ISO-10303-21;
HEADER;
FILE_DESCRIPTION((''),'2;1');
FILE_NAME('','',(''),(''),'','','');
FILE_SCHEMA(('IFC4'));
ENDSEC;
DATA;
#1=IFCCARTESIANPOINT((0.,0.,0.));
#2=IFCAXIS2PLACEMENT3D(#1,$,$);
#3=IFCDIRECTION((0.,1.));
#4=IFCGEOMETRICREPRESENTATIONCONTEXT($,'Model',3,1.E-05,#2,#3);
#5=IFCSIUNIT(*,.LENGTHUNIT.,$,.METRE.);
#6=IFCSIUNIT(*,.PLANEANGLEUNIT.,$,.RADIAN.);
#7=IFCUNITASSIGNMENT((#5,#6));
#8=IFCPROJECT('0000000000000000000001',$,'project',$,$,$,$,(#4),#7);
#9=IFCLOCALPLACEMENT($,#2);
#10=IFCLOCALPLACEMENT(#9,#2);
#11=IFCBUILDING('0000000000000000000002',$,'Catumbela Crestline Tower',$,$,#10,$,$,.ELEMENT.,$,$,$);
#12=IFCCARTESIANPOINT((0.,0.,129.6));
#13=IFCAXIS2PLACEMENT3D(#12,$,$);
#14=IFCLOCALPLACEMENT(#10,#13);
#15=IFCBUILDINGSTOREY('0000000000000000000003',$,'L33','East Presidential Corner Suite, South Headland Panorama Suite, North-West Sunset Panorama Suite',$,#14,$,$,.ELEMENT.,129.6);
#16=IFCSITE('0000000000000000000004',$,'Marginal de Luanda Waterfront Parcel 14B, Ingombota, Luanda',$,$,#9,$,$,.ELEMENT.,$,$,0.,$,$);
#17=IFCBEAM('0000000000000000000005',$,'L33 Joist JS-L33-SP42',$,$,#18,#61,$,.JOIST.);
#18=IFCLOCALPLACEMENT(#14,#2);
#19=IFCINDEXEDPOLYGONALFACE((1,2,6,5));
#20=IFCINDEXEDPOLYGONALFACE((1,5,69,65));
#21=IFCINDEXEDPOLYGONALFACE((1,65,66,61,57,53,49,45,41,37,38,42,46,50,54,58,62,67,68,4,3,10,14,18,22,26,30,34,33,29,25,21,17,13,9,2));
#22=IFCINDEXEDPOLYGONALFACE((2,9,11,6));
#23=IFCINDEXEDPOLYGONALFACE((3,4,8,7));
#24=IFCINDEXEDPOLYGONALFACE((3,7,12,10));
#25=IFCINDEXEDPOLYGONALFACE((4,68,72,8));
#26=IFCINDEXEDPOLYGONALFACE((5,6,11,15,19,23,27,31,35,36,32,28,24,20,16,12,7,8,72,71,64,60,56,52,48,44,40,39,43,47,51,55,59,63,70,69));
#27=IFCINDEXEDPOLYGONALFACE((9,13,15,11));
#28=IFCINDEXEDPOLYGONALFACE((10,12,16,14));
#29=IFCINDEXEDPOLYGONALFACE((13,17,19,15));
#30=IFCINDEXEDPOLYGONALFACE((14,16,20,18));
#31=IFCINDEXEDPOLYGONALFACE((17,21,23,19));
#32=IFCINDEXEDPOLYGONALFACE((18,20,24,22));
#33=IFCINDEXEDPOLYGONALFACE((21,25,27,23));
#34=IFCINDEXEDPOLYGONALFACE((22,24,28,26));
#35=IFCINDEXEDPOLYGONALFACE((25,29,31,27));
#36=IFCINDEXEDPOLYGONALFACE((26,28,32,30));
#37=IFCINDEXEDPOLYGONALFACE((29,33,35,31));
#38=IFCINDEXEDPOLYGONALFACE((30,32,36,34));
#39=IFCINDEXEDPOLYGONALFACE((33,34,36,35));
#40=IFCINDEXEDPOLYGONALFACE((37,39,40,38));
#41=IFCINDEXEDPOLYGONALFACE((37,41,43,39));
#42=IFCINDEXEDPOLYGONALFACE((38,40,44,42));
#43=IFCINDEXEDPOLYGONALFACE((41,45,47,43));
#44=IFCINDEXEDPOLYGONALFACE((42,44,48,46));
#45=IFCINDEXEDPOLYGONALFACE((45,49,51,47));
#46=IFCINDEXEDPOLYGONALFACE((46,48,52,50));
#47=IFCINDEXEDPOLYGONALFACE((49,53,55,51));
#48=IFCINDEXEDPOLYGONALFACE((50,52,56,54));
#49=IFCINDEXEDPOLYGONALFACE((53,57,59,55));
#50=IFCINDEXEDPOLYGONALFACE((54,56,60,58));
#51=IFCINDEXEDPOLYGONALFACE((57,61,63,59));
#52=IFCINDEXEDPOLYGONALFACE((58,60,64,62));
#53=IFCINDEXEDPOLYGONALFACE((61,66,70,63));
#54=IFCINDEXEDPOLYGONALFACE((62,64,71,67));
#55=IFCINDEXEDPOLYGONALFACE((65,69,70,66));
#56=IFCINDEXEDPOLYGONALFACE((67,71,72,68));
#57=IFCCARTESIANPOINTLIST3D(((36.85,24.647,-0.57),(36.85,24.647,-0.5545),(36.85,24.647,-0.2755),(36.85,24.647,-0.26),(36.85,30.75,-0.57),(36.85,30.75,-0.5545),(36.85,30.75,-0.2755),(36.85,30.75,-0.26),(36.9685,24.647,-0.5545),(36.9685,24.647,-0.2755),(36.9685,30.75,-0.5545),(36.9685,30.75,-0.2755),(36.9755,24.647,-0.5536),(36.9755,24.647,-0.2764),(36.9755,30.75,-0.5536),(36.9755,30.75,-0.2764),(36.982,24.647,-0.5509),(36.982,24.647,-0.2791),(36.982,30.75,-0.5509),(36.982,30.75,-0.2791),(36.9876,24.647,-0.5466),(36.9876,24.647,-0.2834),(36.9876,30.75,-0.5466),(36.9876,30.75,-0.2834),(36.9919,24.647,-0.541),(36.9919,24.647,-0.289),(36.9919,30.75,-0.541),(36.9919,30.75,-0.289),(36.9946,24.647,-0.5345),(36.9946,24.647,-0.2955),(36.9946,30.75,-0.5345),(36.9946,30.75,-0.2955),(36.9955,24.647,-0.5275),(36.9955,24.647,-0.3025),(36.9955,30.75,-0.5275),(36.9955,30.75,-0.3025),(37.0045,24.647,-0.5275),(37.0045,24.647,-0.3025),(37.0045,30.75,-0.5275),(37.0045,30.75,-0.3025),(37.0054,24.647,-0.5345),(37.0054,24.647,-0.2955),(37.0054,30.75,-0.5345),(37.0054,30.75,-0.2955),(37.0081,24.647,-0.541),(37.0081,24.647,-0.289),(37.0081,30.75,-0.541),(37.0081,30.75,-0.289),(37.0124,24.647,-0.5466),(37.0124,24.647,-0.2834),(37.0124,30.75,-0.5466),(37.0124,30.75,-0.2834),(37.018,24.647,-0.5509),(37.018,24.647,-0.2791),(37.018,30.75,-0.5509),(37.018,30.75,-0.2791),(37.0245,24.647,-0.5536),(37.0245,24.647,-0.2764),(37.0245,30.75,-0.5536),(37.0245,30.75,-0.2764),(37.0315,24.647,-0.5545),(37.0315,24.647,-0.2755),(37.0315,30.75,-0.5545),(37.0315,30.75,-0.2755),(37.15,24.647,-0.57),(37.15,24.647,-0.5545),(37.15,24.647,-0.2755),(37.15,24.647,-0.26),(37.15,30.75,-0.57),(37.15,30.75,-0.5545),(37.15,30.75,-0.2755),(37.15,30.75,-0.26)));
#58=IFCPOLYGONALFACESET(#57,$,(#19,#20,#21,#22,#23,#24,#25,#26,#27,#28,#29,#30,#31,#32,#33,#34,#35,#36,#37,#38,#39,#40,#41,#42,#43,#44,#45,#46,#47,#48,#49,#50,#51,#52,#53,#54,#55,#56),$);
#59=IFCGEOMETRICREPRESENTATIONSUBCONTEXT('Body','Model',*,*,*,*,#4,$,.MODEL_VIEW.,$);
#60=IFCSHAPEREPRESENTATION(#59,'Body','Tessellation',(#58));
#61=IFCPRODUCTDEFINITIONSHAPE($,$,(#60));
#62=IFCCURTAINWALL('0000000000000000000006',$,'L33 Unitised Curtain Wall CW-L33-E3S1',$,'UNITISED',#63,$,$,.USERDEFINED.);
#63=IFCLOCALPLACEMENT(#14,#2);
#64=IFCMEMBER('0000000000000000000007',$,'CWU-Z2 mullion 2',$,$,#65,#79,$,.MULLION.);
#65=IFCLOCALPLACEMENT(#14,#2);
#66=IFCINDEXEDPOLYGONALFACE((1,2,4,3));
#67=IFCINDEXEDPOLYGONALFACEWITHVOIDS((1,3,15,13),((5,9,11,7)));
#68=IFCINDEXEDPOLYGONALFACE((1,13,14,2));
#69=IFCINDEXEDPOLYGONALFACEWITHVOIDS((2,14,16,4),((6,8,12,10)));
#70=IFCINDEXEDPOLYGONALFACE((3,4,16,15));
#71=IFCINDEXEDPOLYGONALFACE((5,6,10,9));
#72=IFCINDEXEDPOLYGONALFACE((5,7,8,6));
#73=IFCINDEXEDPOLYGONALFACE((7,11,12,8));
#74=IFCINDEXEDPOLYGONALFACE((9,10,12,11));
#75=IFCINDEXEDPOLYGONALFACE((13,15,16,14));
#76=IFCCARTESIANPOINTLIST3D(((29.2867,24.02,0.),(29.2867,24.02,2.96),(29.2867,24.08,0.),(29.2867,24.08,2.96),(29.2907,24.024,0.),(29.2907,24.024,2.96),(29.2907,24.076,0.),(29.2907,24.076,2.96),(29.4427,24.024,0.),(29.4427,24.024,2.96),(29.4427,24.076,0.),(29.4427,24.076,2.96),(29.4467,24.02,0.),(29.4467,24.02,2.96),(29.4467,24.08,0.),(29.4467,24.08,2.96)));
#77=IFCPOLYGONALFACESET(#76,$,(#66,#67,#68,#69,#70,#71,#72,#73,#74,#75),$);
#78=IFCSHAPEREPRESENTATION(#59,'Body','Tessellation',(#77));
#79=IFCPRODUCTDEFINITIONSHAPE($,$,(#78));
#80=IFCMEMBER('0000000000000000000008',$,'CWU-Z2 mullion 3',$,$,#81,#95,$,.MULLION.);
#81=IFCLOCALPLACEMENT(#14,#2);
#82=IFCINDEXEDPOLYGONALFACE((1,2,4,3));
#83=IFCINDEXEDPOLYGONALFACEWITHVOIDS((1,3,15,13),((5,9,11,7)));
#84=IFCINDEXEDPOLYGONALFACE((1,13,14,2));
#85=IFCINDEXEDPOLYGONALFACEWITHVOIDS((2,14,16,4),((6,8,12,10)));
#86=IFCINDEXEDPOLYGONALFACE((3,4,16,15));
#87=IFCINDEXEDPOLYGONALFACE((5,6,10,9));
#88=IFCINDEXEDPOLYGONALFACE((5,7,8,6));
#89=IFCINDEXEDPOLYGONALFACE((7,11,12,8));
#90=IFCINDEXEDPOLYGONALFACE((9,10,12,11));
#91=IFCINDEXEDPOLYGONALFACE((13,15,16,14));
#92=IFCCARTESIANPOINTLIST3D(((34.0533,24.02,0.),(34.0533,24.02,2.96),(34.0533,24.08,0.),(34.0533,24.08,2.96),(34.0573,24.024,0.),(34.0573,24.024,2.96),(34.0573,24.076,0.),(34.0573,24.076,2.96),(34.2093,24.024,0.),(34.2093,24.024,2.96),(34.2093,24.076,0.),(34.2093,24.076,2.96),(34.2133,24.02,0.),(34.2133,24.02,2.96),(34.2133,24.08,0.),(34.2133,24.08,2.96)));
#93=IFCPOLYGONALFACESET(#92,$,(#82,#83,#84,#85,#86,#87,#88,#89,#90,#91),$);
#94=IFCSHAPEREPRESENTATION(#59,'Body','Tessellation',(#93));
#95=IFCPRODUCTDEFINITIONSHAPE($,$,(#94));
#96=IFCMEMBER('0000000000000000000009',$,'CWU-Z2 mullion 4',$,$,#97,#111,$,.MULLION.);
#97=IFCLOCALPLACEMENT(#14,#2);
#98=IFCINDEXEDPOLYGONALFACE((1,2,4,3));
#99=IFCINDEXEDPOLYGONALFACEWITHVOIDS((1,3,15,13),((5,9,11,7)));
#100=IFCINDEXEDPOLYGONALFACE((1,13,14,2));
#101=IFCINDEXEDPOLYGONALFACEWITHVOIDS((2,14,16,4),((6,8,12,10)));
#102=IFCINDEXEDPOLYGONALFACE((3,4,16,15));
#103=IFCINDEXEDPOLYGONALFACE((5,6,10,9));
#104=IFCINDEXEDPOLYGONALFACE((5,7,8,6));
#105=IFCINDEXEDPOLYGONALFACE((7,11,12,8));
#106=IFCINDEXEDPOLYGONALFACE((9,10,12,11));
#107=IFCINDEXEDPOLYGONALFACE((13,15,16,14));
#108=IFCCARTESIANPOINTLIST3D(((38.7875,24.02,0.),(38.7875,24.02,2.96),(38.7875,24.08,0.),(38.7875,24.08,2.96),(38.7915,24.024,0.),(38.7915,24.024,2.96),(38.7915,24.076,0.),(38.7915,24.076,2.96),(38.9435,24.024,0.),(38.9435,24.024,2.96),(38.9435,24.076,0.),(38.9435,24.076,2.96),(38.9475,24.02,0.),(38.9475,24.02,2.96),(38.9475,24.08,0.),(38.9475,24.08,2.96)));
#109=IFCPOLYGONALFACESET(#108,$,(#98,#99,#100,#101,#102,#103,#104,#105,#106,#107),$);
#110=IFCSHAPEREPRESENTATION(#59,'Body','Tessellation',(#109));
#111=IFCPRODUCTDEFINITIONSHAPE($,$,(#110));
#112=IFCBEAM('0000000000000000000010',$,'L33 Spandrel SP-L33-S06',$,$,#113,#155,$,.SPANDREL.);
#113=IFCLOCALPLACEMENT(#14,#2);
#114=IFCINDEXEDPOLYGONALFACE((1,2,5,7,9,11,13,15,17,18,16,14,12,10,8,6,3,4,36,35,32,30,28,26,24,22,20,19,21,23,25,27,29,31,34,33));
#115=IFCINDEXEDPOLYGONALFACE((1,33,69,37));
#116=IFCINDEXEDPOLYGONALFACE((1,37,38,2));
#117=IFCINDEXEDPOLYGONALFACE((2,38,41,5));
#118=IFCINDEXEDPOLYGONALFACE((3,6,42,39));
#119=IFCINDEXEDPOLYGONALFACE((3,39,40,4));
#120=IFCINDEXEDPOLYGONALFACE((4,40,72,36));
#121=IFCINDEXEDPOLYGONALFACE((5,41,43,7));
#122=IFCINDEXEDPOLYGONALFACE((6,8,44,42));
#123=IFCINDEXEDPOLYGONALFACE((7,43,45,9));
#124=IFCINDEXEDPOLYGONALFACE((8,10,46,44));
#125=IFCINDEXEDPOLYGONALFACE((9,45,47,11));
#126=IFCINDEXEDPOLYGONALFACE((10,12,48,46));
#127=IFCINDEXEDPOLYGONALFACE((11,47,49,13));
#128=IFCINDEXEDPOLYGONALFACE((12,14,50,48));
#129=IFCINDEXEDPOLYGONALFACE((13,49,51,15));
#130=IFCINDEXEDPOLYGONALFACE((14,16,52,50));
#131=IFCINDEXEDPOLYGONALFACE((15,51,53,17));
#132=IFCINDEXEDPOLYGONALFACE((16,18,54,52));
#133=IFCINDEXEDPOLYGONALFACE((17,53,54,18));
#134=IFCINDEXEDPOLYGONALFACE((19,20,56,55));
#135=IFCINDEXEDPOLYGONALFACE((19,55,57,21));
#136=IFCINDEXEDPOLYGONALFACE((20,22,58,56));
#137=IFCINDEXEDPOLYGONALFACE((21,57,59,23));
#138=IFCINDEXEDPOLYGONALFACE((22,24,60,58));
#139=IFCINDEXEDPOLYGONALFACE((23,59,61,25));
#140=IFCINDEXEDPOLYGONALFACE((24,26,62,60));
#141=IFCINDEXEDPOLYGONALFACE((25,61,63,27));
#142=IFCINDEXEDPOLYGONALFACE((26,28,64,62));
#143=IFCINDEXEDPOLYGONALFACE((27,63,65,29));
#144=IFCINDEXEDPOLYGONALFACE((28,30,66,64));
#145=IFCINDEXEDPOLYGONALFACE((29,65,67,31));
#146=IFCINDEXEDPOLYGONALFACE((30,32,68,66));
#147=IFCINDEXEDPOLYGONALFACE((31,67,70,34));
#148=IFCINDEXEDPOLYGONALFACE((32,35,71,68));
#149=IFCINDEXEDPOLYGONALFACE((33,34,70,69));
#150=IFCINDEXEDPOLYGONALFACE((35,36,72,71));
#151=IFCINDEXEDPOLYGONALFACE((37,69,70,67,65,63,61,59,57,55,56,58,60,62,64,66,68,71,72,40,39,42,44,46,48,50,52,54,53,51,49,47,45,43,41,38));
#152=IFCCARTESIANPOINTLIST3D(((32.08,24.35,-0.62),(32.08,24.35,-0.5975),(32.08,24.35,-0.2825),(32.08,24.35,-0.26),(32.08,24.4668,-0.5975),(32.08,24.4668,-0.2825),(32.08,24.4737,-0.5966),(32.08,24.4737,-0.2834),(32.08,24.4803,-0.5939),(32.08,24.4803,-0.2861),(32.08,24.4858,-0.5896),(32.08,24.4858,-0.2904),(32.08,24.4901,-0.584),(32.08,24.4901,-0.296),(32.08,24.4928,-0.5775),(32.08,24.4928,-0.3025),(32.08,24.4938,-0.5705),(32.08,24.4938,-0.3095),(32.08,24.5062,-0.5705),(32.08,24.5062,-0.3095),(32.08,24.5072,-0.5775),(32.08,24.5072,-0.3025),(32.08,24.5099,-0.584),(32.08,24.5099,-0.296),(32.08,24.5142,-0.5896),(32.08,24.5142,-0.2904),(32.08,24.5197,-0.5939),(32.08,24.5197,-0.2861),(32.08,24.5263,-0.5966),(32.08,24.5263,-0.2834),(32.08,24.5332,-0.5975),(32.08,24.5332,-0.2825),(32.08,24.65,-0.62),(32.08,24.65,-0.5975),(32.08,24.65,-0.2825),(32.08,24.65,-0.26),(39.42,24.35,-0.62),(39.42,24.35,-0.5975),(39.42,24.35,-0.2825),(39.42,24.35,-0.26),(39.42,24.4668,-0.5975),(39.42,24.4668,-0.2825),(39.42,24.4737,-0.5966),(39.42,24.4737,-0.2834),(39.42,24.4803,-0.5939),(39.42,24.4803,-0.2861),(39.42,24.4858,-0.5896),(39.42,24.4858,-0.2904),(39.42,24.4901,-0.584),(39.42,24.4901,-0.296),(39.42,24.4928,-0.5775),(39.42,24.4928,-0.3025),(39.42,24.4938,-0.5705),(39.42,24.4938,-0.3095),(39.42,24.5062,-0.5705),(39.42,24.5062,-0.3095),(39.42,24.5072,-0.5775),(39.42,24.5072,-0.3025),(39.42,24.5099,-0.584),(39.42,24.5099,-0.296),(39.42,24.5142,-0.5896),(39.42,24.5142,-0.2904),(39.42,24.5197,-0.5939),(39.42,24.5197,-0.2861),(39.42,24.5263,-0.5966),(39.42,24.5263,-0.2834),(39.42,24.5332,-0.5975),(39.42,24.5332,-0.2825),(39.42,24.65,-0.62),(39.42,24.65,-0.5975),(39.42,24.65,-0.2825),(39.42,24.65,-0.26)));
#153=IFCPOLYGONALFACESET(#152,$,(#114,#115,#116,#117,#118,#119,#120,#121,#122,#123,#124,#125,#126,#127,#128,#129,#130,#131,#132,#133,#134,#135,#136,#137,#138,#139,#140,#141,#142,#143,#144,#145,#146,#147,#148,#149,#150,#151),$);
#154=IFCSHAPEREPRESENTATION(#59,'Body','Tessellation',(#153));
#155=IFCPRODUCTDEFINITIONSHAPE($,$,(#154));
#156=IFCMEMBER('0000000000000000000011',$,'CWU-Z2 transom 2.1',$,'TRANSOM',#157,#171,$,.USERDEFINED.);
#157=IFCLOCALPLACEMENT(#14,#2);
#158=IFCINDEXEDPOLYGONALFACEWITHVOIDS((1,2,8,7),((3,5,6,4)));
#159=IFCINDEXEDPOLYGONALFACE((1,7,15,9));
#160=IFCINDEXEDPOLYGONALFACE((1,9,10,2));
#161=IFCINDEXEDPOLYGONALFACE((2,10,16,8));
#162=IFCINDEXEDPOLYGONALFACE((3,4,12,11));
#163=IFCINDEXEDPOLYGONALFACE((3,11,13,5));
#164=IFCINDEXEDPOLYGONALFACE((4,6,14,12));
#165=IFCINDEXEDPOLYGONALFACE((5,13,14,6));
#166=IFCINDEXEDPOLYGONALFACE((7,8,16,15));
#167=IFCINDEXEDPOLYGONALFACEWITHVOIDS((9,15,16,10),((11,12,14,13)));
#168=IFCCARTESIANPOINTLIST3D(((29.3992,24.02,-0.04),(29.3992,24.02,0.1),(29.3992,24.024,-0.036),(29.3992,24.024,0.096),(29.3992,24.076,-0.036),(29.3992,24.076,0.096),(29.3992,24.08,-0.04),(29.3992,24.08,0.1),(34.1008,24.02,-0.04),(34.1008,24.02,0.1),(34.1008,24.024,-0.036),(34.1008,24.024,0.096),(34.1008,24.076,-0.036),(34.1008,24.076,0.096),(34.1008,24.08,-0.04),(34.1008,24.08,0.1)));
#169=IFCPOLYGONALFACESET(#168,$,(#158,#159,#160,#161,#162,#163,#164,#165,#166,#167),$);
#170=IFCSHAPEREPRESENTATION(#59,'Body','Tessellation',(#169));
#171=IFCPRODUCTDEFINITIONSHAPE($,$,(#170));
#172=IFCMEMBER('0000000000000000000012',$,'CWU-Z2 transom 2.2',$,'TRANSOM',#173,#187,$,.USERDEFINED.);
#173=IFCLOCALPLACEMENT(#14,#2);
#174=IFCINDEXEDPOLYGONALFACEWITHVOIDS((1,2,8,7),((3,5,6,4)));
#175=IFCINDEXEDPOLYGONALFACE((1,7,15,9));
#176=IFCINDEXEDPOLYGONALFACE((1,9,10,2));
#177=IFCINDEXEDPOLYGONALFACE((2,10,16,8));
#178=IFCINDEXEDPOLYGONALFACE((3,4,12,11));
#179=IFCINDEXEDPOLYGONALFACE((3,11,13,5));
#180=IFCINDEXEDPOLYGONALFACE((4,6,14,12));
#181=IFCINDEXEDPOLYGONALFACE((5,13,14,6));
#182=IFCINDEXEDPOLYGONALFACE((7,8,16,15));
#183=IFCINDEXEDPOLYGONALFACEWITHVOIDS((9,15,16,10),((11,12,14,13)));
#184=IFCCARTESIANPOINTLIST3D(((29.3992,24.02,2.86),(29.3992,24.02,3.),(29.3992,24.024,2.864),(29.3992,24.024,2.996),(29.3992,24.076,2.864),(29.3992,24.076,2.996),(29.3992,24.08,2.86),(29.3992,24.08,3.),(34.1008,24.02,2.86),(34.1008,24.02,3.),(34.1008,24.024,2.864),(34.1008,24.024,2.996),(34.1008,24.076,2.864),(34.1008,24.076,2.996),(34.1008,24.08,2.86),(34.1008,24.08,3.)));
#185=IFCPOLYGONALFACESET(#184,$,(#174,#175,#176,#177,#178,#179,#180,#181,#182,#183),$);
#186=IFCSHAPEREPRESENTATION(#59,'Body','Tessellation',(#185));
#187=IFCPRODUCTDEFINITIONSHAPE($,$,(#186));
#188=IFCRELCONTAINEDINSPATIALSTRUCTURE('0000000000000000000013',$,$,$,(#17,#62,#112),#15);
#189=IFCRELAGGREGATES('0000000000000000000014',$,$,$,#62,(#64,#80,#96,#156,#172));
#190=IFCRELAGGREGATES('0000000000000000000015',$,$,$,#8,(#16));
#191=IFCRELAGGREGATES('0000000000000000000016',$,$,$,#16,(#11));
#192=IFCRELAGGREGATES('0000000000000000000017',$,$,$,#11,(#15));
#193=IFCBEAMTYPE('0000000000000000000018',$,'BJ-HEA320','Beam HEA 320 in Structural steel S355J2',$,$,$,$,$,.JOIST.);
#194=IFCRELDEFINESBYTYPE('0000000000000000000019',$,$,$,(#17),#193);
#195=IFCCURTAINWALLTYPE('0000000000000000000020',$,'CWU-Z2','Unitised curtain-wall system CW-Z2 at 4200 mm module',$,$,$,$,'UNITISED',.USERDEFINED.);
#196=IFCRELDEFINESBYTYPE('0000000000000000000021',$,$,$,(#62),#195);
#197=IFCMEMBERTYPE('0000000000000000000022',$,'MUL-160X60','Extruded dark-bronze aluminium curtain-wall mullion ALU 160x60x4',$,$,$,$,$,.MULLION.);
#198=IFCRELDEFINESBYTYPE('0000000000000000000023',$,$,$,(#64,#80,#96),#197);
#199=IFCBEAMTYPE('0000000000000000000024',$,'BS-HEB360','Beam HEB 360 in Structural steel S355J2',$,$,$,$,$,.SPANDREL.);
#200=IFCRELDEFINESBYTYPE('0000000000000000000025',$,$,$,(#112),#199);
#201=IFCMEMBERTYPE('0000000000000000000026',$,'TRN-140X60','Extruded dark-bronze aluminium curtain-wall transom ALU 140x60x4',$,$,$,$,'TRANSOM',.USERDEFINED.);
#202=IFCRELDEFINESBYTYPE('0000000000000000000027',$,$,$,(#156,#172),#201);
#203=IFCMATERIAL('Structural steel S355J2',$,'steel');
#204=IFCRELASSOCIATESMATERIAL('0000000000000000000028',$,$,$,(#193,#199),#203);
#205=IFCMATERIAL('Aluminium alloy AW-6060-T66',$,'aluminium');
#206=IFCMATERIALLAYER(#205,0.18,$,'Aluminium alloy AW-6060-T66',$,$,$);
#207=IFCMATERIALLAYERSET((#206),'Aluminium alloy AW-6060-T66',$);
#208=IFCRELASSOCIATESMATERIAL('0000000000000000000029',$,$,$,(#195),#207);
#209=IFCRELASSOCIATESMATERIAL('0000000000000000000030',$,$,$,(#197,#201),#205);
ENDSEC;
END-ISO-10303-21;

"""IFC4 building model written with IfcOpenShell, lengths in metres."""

from ifc_helpers import new_model, si_unit, direction, frame, origin, origin_2d, place, context, subcontext, project, spatial, hollow_rectangle, i_section, extrude, material, layer, layer_set, material_profile, profile_set, type_object, element, aggregate, save


model = new_model("IFC4")

# Units and contexts
model_context = context("Model", 3, precision=1e-05, world=origin(), true_north=direction((0.0, 1.0)))
body_context = subcontext(model_context, "Body", "Model", "MODEL_VIEW")
ifc_project = project(units=[si_unit("LENGTHUNIT", "METRE"), si_unit("PLANEANGLEUNIT", "RADIAN")], contexts=[model_context])

# Site, building, storey
site_placement = place(None, origin())
site = spatial("IfcSite", under=ifc_project, at=site_placement, Name="Marginal de Luanda Waterfront Parcel 14B, Ingombota, Luanda", CompositionType="ELEMENT", RefElevation=0.0)
building_placement = place(site_placement, origin())
building = spatial("IfcBuilding", under=site, at=building_placement, Name="Catumbela Crestline Tower", CompositionType="ELEMENT")
storey_placement = place(building_placement, frame((0.0, 0.0, 129.6)))
storey = spatial("IfcBuildingStorey", under=building, at=storey_placement, Name="L33", Description="East Presidential Corner Suite, South Headland Panorama Suite, North-West Sunset Panorama Suite", CompositionType="ELEMENT", Elevation=129.6)

# Beam
ifc_material_1 = material(Name="Structural steel S355J2", Category="steel")
ifc_material_profile_1 = material_profile(ifc_material_1, i_section(OverallWidth=0.3, OverallDepth=0.31, WebThickness=0.009, FlangeThickness=0.0155, FilletRadius=0.027, at=origin_2d()), Name="HEA 320")
ifc_profile_set_1 = profile_set([ifc_material_profile_1], Name="Structural steel S355J2")
beam_type_1 = type_object("IfcBeamType", Name="BJ-HEA320", Description="Beam HEA 320 in Structural steel S355J2", PredefinedType="JOIST", material=ifc_profile_set_1)
for number, where, z_axis, x_axis, name in (
    (1, (37.0, 24.647, -0.415), (0.0, 1.0, 0.0), (-1.0, 0.0, 0.0), "L33 Joist JS-L33-SP42"),
):
    element("IfcBeam", number, at=place(storey_placement, frame(where, z_axis=z_axis, x_axis=x_axis)), inside=storey, type_object=beam_type_1, Name=name, PredefinedType="JOIST", context=body_context, shape_type="SweptSolid", body=[
        extrude(i_section(OverallWidth=0.3, OverallDepth=0.31, WebThickness=0.009, FlangeThickness=0.0155, FilletRadius=0.027, at=origin_2d()), origin(), (0.0, 0.0, 1.0), 6.103),
    ])

# Curtain wall, members
ifc_material_2 = material(Name="Aluminium alloy AW-6060-T66", Category="aluminium")
ifc_layer_1 = layer(ifc_material_2, 0.18, Name="Aluminium alloy AW-6060-T66")
ifc_layer_set_1 = layer_set([ifc_layer_1], Name="Aluminium alloy AW-6060-T66")
curtain_wall_type = type_object("IfcCurtainWallType", Name="CWU-Z2", Description="Unitised curtain-wall system CW-Z2 at 4200 mm module", ElementType="UNITISED", PredefinedType="USERDEFINED", material=ifc_layer_set_1)
curtain_wall_placement = place(storey_placement, origin())
curtain_wall = element("IfcCurtainWall", 2, at=curtain_wall_placement, inside=storey, type_object=curtain_wall_type, Name="L33 Unitised Curtain Wall CW-L33-E3S1", ObjectType="UNITISED", PredefinedType="USERDEFINED")
ifc_material_profile_2 = material_profile(ifc_material_2, hollow_rectangle(XDim=0.06, YDim=0.16, WallThickness=0.004, at=origin_2d()), Name="ALU 160x60x4")
ifc_profile_set_2 = profile_set([ifc_material_profile_2], Name="Aluminium alloy AW-6060-T66")
member_type_1 = type_object("IfcMemberType", Name="MUL-160X60", Description="Extruded dark-bronze aluminium curtain-wall mullion ALU 160x60x4", PredefinedType="MULLION", material=ifc_profile_set_2)
member_1_placement = place(storey_placement, frame((29.3667, 24.05, 0.0), z_axis=(0.0, 0.0, 1.0), x_axis=(0.0, 1.0, 0.0)))
member_1 = element("IfcMember", 3, at=member_1_placement, type_object=member_type_1, Name="CWU-Z2 mullion 2", PredefinedType="MULLION", context=body_context, shape_type="SweptSolid", body=[
    extrude(hollow_rectangle(XDim=0.06, YDim=0.16, WallThickness=0.004, at=origin_2d()), origin(), (0.0, 0.0, 1.0), 2.96),
])
member_2_placement = place(storey_placement, frame((34.1333, 24.05, 0.0), z_axis=(0.0, 0.0, 1.0), x_axis=(0.0, 1.0, 0.0)))
member_2 = element("IfcMember", 4, at=member_2_placement, type_object=member_type_1, Name="CWU-Z2 mullion 3", PredefinedType="MULLION", context=body_context, shape_type="SweptSolid", body=[
    extrude(hollow_rectangle(XDim=0.06, YDim=0.16, WallThickness=0.004, at=origin_2d()), origin(), (0.0, 0.0, 1.0), 2.96),
])
member_3_placement = place(storey_placement, frame((38.8675, 24.05, 0.0), z_axis=(0.0, 0.0, 1.0), x_axis=(0.0, 1.0, 0.0)))
member_3 = element("IfcMember", 5, at=member_3_placement, type_object=member_type_1, Name="CWU-Z2 mullion 4", PredefinedType="MULLION", context=body_context, shape_type="SweptSolid", body=[
    extrude(hollow_rectangle(XDim=0.06, YDim=0.16, WallThickness=0.004, at=origin_2d()), origin(), (0.0, 0.0, 1.0), 2.96),
])

# Beam
ifc_material_profile_3 = material_profile(ifc_material_1, i_section(OverallWidth=0.3, OverallDepth=0.36, WebThickness=0.0125, FlangeThickness=0.0225, FilletRadius=0.027, at=origin_2d()), Name="HEB 360")
ifc_profile_set_3 = profile_set([ifc_material_profile_3], Name="Structural steel S355J2")
beam_type_2 = type_object("IfcBeamType", Name="BS-HEB360", Description="Beam HEB 360 in Structural steel S355J2", PredefinedType="SPANDREL", material=ifc_profile_set_3)
beam_1_placement = place(storey_placement, frame((32.08, 24.5, -0.44), z_axis=(1.0, 0.0, 0.0), x_axis=(0.0, 1.0, 0.0)))
element("IfcBeam", 6, at=beam_1_placement, inside=storey, type_object=beam_type_2, Name="L33 Spandrel SP-L33-S06", PredefinedType="SPANDREL", context=body_context, shape_type="SweptSolid", body=[
    extrude(i_section(OverallWidth=0.3, OverallDepth=0.36, WebThickness=0.0125, FlangeThickness=0.0225, FilletRadius=0.027, at=origin_2d()), origin(), (0.0, 0.0, 1.0), 7.34),
])

# Members
ifc_material_profile_4 = material_profile(ifc_material_2, hollow_rectangle(XDim=0.06, YDim=0.14, WallThickness=0.004, at=origin_2d()), Name="ALU 140x60x4")
ifc_profile_set_4 = profile_set([ifc_material_profile_4], Name="Aluminium alloy AW-6060-T66")
member_type_2 = type_object("IfcMemberType", Name="TRN-140X60", Description="Extruded dark-bronze aluminium curtain-wall transom ALU 140x60x4", ElementType="TRANSOM", PredefinedType="USERDEFINED", material=ifc_profile_set_4)
member_4_placement = place(storey_placement, frame((29.3992, 24.05, 0.03), z_axis=(1.0, 0.0, 0.0), x_axis=(0.0, 1.0, 0.0)))
member_4 = element("IfcMember", 7, at=member_4_placement, type_object=member_type_2, Name="CWU-Z2 transom 2.1", ObjectType="TRANSOM", PredefinedType="USERDEFINED", context=body_context, shape_type="SweptSolid", body=[
    extrude(hollow_rectangle(XDim=0.06, YDim=0.14, WallThickness=0.004, at=origin_2d()), origin(), (0.0, 0.0, 1.0), 4.7016),
])
member_5_placement = place(storey_placement, frame((29.3992, 24.05, 2.93), z_axis=(1.0, 0.0, 0.0), x_axis=(0.0, 1.0, 0.0)))
member_5 = element("IfcMember", 8, at=member_5_placement, type_object=member_type_2, Name="CWU-Z2 transom 2.2", ObjectType="TRANSOM", PredefinedType="USERDEFINED", context=body_context, shape_type="SweptSolid", body=[
    extrude(hollow_rectangle(XDim=0.06, YDim=0.14, WallThickness=0.004, at=origin_2d()), origin(), (0.0, 0.0, 1.0), 4.7016),
])

aggregate(curtain_wall, [member_1, member_2, member_3, member_4, member_5])

save(model, "model.ifc")
